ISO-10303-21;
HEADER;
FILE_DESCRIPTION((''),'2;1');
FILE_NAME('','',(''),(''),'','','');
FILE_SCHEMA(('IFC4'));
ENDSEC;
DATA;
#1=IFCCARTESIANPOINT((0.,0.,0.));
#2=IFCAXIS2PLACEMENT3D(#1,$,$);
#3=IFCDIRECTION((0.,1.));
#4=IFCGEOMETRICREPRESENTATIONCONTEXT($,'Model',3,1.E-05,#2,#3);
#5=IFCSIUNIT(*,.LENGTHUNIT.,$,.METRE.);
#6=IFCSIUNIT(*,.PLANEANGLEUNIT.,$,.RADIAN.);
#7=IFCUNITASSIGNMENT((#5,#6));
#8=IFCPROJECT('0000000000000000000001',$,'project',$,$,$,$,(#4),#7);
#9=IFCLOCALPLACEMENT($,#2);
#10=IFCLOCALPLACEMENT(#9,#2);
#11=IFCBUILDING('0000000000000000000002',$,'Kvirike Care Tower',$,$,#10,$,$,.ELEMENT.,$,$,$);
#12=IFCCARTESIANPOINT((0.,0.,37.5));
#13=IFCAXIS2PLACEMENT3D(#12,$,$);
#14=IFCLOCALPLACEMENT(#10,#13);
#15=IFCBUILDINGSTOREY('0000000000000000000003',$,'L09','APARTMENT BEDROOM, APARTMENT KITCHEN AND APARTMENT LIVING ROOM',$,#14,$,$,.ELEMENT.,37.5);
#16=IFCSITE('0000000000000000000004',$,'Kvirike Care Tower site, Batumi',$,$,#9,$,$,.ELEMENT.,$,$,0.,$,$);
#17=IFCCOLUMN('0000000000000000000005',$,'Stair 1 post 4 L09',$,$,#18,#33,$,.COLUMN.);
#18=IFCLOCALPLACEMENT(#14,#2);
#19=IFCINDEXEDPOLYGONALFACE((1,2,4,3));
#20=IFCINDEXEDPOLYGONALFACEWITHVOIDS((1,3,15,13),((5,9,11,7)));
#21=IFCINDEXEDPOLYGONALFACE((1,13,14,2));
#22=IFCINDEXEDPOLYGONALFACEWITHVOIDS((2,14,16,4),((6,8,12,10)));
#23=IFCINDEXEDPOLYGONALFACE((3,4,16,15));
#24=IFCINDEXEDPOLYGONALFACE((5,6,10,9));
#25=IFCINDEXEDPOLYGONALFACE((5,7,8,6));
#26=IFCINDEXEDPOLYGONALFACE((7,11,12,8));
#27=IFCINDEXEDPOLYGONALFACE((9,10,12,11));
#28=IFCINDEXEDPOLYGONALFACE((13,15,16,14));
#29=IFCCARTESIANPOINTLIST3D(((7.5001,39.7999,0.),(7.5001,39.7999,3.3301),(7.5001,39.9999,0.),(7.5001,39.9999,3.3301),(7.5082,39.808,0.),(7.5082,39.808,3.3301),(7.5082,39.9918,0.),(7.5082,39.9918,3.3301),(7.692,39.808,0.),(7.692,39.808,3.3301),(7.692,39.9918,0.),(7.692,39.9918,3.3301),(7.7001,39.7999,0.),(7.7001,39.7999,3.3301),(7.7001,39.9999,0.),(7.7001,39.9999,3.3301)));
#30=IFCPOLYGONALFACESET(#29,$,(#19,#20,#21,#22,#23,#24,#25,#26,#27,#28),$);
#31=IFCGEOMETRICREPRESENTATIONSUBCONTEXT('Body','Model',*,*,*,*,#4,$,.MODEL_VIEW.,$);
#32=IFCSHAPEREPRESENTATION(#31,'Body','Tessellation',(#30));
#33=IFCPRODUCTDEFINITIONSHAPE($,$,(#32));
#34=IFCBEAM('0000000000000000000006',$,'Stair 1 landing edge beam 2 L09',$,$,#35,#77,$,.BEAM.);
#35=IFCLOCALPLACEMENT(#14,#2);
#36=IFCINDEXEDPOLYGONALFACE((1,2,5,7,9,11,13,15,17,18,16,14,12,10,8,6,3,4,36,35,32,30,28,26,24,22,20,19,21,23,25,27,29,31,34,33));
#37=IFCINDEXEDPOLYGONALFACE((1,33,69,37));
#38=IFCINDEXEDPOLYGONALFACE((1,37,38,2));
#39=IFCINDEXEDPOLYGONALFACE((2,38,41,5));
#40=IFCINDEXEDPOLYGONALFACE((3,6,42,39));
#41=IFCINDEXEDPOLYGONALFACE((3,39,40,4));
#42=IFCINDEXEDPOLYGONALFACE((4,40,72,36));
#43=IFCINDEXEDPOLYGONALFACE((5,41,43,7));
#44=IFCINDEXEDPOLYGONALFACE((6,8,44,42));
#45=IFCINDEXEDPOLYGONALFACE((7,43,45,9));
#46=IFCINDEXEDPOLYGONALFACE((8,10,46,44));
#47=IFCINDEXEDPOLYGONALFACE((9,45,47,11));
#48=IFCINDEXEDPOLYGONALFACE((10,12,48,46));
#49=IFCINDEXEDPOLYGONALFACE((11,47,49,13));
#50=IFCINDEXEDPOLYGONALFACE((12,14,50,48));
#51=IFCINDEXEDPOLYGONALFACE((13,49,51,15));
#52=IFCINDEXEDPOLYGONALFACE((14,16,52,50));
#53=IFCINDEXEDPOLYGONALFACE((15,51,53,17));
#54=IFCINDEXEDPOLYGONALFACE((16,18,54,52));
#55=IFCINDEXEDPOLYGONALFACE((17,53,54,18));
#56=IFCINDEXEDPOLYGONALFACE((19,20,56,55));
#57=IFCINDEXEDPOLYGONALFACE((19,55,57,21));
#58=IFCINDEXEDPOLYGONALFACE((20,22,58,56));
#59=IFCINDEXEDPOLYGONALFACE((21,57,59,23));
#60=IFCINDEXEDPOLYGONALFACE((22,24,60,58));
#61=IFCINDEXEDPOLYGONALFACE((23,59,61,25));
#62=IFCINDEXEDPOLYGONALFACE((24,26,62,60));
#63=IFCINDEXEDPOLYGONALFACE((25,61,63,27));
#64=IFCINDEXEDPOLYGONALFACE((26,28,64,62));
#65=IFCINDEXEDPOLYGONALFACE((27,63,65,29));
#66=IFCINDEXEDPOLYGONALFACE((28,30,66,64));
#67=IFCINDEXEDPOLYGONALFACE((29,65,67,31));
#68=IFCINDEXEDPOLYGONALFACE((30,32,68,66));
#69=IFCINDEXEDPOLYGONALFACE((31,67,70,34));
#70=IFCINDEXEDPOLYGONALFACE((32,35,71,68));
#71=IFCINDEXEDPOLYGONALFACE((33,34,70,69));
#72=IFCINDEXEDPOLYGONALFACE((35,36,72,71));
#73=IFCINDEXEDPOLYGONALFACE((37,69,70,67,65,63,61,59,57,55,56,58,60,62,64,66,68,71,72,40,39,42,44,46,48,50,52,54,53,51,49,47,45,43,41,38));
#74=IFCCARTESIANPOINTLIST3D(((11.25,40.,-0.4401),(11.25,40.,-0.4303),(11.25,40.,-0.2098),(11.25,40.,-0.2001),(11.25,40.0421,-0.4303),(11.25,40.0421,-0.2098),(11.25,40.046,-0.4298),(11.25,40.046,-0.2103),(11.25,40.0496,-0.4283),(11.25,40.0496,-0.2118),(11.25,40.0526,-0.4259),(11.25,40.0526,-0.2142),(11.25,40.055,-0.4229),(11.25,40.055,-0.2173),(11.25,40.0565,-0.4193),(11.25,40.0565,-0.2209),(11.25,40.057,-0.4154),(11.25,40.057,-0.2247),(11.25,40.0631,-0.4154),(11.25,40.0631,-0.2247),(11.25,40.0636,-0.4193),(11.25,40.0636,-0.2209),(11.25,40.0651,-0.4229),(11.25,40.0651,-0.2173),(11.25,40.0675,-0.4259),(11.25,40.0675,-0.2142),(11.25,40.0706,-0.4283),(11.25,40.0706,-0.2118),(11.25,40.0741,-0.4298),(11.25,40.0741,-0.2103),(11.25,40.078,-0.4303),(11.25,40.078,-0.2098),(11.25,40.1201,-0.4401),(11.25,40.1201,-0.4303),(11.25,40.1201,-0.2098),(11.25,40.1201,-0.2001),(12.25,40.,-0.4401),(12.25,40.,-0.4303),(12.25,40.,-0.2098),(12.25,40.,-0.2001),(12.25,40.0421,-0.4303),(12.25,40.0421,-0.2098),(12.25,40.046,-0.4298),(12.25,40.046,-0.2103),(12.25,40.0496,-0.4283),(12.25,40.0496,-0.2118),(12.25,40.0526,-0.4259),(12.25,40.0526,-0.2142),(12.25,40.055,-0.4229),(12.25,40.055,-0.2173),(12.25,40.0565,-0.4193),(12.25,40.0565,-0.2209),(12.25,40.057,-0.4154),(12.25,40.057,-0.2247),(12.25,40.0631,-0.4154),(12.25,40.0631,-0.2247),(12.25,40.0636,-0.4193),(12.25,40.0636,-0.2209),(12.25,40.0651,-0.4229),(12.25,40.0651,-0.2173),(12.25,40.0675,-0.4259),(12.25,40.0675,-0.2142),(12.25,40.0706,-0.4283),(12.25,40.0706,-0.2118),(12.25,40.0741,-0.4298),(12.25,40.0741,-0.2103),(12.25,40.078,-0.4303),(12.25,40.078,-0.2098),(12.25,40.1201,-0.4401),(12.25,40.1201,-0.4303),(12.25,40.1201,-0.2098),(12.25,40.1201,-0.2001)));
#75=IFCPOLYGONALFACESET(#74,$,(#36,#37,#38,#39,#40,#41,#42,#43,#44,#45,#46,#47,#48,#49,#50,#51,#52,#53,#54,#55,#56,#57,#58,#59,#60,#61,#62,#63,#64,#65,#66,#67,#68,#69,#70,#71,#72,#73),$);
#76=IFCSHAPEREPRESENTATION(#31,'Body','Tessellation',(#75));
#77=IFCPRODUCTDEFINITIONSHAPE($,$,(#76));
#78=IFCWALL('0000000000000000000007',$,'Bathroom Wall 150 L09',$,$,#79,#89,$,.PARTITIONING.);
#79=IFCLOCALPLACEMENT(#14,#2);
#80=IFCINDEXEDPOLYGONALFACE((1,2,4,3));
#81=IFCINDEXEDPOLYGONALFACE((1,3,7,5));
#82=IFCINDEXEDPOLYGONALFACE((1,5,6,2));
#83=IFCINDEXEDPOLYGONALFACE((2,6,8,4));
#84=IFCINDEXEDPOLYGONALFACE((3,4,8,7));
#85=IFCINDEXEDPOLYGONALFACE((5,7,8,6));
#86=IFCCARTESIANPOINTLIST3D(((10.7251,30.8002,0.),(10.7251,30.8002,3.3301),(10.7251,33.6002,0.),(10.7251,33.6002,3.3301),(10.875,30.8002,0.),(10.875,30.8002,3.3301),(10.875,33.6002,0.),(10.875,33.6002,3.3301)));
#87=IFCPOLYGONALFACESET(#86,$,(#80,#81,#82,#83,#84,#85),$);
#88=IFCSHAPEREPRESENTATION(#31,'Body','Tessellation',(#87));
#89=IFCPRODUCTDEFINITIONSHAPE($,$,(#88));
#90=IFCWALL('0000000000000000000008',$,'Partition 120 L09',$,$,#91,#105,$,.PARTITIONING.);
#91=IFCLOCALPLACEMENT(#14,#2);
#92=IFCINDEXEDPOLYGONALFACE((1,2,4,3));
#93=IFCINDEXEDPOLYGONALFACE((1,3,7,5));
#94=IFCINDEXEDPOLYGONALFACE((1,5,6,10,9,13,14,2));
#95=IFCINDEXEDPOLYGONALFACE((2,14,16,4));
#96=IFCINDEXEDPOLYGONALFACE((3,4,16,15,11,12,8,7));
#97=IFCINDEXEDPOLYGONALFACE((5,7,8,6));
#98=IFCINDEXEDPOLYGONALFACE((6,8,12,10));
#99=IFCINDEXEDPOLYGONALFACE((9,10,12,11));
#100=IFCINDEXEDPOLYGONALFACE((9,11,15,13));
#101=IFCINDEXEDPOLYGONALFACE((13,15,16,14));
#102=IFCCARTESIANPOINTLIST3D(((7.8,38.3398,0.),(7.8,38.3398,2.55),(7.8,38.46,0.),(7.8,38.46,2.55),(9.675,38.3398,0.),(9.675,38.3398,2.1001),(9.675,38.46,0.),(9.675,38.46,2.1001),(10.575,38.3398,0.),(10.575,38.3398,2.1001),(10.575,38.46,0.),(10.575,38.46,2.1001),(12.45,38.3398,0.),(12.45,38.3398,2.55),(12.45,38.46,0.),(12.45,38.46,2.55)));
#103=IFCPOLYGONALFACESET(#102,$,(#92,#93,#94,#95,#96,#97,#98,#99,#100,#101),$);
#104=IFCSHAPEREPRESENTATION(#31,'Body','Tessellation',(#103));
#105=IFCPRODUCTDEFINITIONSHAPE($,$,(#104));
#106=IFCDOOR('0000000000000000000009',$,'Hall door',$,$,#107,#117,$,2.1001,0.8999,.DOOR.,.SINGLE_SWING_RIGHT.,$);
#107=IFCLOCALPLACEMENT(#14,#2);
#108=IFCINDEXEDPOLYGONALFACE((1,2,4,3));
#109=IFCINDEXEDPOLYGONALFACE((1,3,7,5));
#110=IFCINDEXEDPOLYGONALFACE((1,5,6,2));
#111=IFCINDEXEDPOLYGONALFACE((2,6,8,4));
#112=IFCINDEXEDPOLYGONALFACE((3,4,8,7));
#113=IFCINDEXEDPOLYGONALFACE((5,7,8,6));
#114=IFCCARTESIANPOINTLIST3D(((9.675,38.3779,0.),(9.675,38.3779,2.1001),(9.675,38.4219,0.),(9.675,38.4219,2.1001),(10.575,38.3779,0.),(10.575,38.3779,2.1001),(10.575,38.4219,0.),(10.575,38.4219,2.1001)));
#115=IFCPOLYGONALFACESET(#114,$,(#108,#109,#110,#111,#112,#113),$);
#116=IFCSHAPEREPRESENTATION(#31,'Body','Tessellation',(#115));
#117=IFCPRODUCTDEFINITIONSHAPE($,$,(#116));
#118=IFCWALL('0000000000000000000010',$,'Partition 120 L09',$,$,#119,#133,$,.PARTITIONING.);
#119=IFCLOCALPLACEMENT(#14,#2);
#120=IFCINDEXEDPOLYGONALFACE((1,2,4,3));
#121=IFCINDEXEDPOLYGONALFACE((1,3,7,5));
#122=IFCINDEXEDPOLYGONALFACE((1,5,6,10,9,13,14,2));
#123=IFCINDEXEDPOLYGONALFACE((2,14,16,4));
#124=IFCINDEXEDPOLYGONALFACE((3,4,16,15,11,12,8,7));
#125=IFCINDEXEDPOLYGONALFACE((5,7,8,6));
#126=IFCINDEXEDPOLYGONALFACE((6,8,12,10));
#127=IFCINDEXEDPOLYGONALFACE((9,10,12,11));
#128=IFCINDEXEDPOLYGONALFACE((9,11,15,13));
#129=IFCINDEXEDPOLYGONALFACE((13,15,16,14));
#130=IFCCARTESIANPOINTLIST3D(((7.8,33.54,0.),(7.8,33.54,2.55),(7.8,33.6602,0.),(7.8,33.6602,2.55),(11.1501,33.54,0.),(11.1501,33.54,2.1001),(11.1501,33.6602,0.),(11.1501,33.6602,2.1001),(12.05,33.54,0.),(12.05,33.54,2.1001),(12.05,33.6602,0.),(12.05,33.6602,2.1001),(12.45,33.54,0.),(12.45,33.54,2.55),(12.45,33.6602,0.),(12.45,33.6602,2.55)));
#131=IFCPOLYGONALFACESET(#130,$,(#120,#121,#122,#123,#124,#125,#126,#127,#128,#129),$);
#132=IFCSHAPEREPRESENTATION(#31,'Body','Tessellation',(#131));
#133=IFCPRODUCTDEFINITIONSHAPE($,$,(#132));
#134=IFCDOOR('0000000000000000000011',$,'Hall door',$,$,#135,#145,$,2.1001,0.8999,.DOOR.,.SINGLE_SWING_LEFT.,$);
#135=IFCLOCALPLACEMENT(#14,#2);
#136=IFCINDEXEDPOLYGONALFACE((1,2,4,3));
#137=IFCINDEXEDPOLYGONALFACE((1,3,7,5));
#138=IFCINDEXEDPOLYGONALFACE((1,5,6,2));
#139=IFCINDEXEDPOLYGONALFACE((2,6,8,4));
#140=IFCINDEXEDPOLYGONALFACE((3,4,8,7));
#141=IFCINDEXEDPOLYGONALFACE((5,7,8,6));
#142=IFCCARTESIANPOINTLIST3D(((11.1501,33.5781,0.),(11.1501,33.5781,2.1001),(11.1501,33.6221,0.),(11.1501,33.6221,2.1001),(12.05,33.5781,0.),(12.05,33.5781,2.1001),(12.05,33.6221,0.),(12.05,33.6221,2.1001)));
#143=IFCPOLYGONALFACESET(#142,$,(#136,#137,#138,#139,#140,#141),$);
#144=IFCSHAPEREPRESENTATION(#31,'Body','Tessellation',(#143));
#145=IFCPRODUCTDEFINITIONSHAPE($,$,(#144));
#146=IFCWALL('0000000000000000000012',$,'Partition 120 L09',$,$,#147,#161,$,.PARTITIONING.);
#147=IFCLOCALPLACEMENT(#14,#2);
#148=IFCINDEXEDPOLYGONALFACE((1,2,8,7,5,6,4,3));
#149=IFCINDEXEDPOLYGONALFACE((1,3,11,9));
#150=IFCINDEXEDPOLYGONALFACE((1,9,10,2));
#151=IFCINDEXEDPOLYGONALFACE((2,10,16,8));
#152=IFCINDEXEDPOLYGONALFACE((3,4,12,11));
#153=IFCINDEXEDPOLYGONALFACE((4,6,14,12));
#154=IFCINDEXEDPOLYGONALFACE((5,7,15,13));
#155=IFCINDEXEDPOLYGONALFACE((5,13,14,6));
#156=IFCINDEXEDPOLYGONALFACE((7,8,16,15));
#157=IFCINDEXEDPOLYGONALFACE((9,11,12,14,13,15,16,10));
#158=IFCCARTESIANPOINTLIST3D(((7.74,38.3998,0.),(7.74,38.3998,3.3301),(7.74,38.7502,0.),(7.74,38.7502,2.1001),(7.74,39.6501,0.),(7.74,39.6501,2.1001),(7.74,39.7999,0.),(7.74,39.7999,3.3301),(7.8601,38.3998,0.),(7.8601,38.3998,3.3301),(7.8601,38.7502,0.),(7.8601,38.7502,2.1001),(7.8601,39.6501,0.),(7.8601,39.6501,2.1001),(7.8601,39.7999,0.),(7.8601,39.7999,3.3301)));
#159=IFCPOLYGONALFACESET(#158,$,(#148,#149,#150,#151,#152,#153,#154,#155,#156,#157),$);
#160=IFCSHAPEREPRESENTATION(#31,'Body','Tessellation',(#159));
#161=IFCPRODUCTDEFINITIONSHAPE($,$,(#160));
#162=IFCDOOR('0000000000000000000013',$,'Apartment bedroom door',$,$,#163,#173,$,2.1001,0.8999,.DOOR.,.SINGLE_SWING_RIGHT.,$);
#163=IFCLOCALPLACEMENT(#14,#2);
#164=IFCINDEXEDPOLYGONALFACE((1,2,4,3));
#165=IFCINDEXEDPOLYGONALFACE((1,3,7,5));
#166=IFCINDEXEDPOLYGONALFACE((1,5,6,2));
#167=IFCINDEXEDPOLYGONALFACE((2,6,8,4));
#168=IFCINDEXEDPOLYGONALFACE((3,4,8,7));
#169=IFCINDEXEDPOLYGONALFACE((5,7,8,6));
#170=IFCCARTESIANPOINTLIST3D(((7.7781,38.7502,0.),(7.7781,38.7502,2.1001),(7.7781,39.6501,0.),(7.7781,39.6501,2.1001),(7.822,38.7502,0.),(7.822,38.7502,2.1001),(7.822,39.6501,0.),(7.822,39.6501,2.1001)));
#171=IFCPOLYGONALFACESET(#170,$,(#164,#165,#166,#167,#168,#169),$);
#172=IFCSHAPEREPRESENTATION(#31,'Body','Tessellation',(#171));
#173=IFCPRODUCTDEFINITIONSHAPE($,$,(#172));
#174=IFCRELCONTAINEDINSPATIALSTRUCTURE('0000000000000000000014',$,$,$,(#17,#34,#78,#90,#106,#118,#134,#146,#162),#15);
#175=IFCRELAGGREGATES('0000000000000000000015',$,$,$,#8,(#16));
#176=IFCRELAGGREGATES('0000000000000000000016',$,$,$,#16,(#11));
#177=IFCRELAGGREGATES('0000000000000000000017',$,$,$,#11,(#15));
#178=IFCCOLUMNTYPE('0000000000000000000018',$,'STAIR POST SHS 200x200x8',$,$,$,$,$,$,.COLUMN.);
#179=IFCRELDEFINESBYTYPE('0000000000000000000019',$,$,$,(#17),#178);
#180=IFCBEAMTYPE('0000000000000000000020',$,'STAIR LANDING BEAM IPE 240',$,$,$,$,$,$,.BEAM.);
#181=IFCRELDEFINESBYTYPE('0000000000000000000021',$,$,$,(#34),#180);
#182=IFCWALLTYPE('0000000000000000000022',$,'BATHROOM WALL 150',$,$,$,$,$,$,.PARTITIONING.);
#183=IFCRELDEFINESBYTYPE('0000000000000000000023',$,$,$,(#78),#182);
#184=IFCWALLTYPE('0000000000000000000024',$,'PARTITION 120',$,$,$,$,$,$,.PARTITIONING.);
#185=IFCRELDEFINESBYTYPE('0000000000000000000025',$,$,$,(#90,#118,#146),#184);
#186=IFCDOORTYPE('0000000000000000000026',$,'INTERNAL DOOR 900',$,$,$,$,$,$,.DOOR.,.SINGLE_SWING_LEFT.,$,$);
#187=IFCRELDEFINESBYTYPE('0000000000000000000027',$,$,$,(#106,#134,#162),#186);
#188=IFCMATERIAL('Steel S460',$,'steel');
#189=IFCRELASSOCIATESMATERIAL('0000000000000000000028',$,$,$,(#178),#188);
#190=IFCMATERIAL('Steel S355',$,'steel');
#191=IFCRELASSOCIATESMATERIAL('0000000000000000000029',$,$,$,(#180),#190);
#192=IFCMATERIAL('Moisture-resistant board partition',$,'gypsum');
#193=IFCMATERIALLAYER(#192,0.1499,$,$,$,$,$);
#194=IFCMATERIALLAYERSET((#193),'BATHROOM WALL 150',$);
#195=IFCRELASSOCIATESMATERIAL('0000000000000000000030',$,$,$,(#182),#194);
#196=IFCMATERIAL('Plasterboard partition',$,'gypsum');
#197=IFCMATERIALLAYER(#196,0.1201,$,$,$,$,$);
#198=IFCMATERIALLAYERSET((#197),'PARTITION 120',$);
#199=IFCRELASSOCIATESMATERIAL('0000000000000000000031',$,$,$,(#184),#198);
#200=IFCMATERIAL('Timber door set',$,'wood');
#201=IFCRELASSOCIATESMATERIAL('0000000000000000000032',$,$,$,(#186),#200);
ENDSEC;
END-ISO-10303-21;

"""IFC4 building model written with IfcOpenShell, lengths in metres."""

from ifc_helpers import new_model, si_unit, direction, frame, frame_2d, origin, origin_2d, place, context, subcontext, project, spatial, rectangle, hollow_rectangle, i_section, extrude, material, layer, layer_set, material_profile, profile_set, type_object, element, fill, save


model = new_model("IFC4")

# Units and contexts
model_context = context("Model", 3, precision=1e-05, world=origin(), true_north=direction((0.0, 1.0)))
body_context = subcontext(model_context, "Body", "Model", "MODEL_VIEW")
ifc_project = project(units=[si_unit("LENGTHUNIT", "METRE"), si_unit("PLANEANGLEUNIT", "RADIAN")], contexts=[model_context])

# Site, building, storey
site_placement = place(None, origin())
site = spatial("IfcSite", under=ifc_project, at=site_placement, Name="Kvirike Care Tower site, Batumi", CompositionType="ELEMENT", RefElevation=0.0)
building_placement = place(site_placement, origin())
building = spatial("IfcBuilding", under=site, at=building_placement, Name="Kvirike Care Tower", CompositionType="ELEMENT")
storey_placement = place(building_placement, frame((0.0, 0.0, 37.5)))
storey = spatial("IfcBuildingStorey", under=building, at=storey_placement, Name="L09", Description="APARTMENT BEDROOM, APARTMENT KITCHEN AND APARTMENT LIVING ROOM", CompositionType="ELEMENT", Elevation=37.5)

# Column
ifc_material_1 = material(Name="Steel S460", Category="steel")
ifc_material_profile_1 = material_profile(ifc_material_1, hollow_rectangle(XDim=0.2, YDim=0.2, WallThickness=0.0081, at=origin_2d()), Name="SHS 200x200x8")
ifc_profile_set_1 = profile_set([ifc_material_profile_1], Name="Steel S460")
column_type = type_object("IfcColumnType", Name="STAIR POST SHS 200x200x8", PredefinedType="COLUMN", material=ifc_profile_set_1)
column_placement = place(storey_placement, frame((7.6001, 39.8999, 0.0), z_axis=(0.0, 0.0, 1.0), x_axis=(1.0, 0.0, 0.0)))
element("IfcColumn", 1, at=column_placement, inside=storey, type_object=column_type, Name="Stair 1 post 4 L09", PredefinedType="COLUMN", context=body_context, shape_type="SweptSolid", body=[
    extrude(hollow_rectangle(XDim=0.2, YDim=0.2, WallThickness=0.0081, at=origin_2d()), origin(), (0.0, 0.0, 1.0), 3.3301),
])

# Beam
ifc_material_2 = material(Name="Steel S355", Category="steel")
ifc_material_profile_2 = material_profile(ifc_material_2, i_section(OverallWidth=0.1201, OverallDepth=0.24, WebThickness=0.0061, FlangeThickness=0.0098, FilletRadius=0.0149, at=origin_2d()), Name="IPE 240")
ifc_profile_set_2 = profile_set([ifc_material_profile_2], Name="Steel S355")
beam_type = type_object("IfcBeamType", Name="STAIR LANDING BEAM IPE 240", PredefinedType="BEAM", material=ifc_profile_set_2)
beam_placement = place(storey_placement, frame((11.25, 40.0601, -0.3201), z_axis=(1.0, 0.0, 0.0), x_axis=(0.0, 1.0, 0.0)))
element("IfcBeam", 2, at=beam_placement, inside=storey, type_object=beam_type, Name="Stair 1 landing edge beam 2 L09", PredefinedType="BEAM", context=body_context, shape_type="SweptSolid", body=[
    extrude(i_section(OverallWidth=0.1201, OverallDepth=0.24, WebThickness=0.0061, FlangeThickness=0.0098, FilletRadius=0.0149, at=origin_2d()), origin(), (0.0, 0.0, 1.0), 1.0),
])

# Wall
ifc_material_3 = material(Name="Moisture-resistant board partition", Category="gypsum")
ifc_layer_1 = layer(ifc_material_3, 0.1499)
ifc_layer_set_1 = layer_set([ifc_layer_1], Name="BATHROOM WALL 150")
wall_type_1 = type_object("IfcWallType", Name="BATHROOM WALL 150", PredefinedType="PARTITIONING", material=ifc_layer_set_1)
wall_1_placement = place(storey_placement, frame((10.8, 33.6001, 0.0), z_axis=(0.0, 0.0, 1.0), x_axis=(0.0, -1.0, 0.0)))
element("IfcWall", 3, at=wall_1_placement, inside=storey, type_object=wall_type_1, Name="Bathroom Wall 150 L09", PredefinedType="PARTITIONING", context=body_context, shape_type="SweptSolid", body=[
    extrude(rectangle(XDim=2.8, YDim=0.1499, at=frame_2d((1.3999, 0.0))), origin(), (0.0, 0.0, 1.0), 3.3301),
])

# Walls, openings, doors
ifc_material_4 = material(Name="Plasterboard partition", Category="gypsum")
ifc_layer_2 = layer(ifc_material_4, 0.1201)
ifc_layer_set_2 = layer_set([ifc_layer_2], Name="PARTITION 120")
wall_type_2 = type_object("IfcWallType", Name="PARTITION 120", PredefinedType="PARTITIONING", material=ifc_layer_set_2)
wall_2_placement = place(storey_placement, frame((7.8, 38.3999, 0.0), z_axis=(0.0, 0.0, 1.0), x_axis=(1.0, 0.0, 0.0)))
wall_2 = element("IfcWall", 4, at=wall_2_placement, inside=storey, type_object=wall_type_2, Name="Partition 120 L09", PredefinedType="PARTITIONING", context=body_context, shape_type="SweptSolid", body=[
    extrude(rectangle(XDim=4.6499, YDim=0.1201, at=frame_2d((2.325, 0.0))), origin(), (0.0, 0.0, 1.0), 2.55),
])
opening_1_placement = place(wall_2_placement, frame((1.875, 0.0, 0.0)))
opening_1 = element("IfcOpeningElement", 5, at=opening_1_placement, cuts=wall_2, PredefinedType="OPENING", context=body_context, shape_type="SweptSolid", body=[
    extrude(rectangle(XDim=0.8999, YDim=2.1001, at=frame_2d((0.45, 1.05))), frame((0.0, 0.0706, 0.0), z_axis=(0.0, -1.0, 0.0), x_axis=(1.0, 0.0, 0.0)), (0.0, 0.0, 1.0), 0.1411),
])
ifc_material_5 = material(Name="Timber door set", Category="wood")
door_type_1 = type_object("IfcDoorType", Name="INTERNAL DOOR 900", OperationType="SINGLE_SWING_LEFT", PredefinedType="DOOR", material=ifc_material_5)
door_1_placement = place(opening_1_placement, origin())
door_1 = element("IfcDoor", 6, at=door_1_placement, inside=storey, type_object=door_type_1, Name="Hall door", OperationType="SINGLE_SWING_RIGHT", OverallHeight=2.1001, OverallWidth=0.8999, PredefinedType="DOOR", context=body_context, shape_type="SweptSolid", body=[
    extrude(rectangle(XDim=0.8999, YDim=2.1001, at=frame_2d((0.45, 1.05))), frame((0.0, 0.022, 0.0), z_axis=(0.0, -1.0, 0.0), x_axis=(1.0, 0.0, 0.0)), (0.0, 0.0, 1.0), 0.0439),
])
fill(opening_1, door_1)
wall_3_placement = place(storey_placement, frame((7.8, 33.6001, 0.0), z_axis=(0.0, 0.0, 1.0), x_axis=(1.0, 0.0, 0.0)))
wall_3 = element("IfcWall", 7, at=wall_3_placement, inside=storey, type_object=wall_type_2, Name="Partition 120 L09", PredefinedType="PARTITIONING", context=body_context, shape_type="SweptSolid", body=[
    extrude(rectangle(XDim=4.6499, YDim=0.1201, at=frame_2d((2.325, 0.0))), origin(), (0.0, 0.0, 1.0), 2.55),
])
opening_2_placement = place(wall_3_placement, frame((3.3501, 0.0, 0.0)))
opening_2 = element("IfcOpeningElement", 8, at=opening_2_placement, cuts=wall_3, PredefinedType="OPENING", context=body_context, shape_type="SweptSolid", body=[
    extrude(rectangle(XDim=0.8999, YDim=2.1001, at=frame_2d((0.45, 1.05))), frame((0.0, 0.0706, 0.0), z_axis=(0.0, -1.0, 0.0), x_axis=(1.0, 0.0, 0.0)), (0.0, 0.0, 1.0), 0.1411),
])
door_2_placement = place(opening_2_placement, origin())
door_2 = element("IfcDoor", 9, at=door_2_placement, inside=storey, type_object=door_type_1, Name="Hall door", OperationType="SINGLE_SWING_LEFT", OverallHeight=2.1001, OverallWidth=0.8999, PredefinedType="DOOR", context=body_context, shape_type="SweptSolid", body=[
    extrude(rectangle(XDim=0.8999, YDim=2.1001, at=frame_2d((0.45, 1.05))), frame((0.0, 0.022, 0.0), z_axis=(0.0, -1.0, 0.0), x_axis=(1.0, 0.0, 0.0)), (0.0, 0.0, 1.0), 0.0439),
])
fill(opening_2, door_2)
wall_4_placement = place(storey_placement, frame((7.8, 39.8, 0.0), z_axis=(0.0, 0.0, 1.0), x_axis=(0.0, -1.0, 0.0)))
wall_4 = element("IfcWall", 10, at=wall_4_placement, inside=storey, type_object=wall_type_2, Name="Partition 120 L09", PredefinedType="PARTITIONING", context=body_context, shape_type="SweptSolid", body=[
    extrude(rectangle(XDim=1.4001, YDim=0.1201, at=frame_2d((0.7002, 0.0))), origin(), (0.0, 0.0, 1.0), 3.3301),
])
opening_3_placement = place(wall_4_placement, frame((0.1499, 0.0, 0.0)))
opening_3 = element("IfcOpeningElement", 11, at=opening_3_placement, cuts=wall_4, PredefinedType="OPENING", context=body_context, shape_type="SweptSolid", body=[
    extrude(rectangle(XDim=0.8999, YDim=2.1001, at=frame_2d((0.45, 1.05))), frame((0.0, 0.0706, 0.0), z_axis=(0.0, -1.0, 0.0), x_axis=(1.0, 0.0, 0.0)), (0.0, 0.0, 1.0), 0.1411),
])
door_3_placement = place(opening_3_placement, origin())
door_3 = element("IfcDoor", 12, at=door_3_placement, inside=storey, type_object=door_type_1, Name="Apartment bedroom door", OperationType="SINGLE_SWING_RIGHT", OverallHeight=2.1001, OverallWidth=0.8999, PredefinedType="DOOR", context=body_context, shape_type="SweptSolid", body=[
    extrude(rectangle(XDim=0.8999, YDim=2.1001, at=frame_2d((0.45, 1.05))), frame((0.0, 0.022, 0.0), z_axis=(0.0, -1.0, 0.0), x_axis=(1.0, 0.0, 0.0)), (0.0, 0.0, 1.0), 0.0439),
])
fill(opening_3, door_3)

save(model, "model.ifc")
